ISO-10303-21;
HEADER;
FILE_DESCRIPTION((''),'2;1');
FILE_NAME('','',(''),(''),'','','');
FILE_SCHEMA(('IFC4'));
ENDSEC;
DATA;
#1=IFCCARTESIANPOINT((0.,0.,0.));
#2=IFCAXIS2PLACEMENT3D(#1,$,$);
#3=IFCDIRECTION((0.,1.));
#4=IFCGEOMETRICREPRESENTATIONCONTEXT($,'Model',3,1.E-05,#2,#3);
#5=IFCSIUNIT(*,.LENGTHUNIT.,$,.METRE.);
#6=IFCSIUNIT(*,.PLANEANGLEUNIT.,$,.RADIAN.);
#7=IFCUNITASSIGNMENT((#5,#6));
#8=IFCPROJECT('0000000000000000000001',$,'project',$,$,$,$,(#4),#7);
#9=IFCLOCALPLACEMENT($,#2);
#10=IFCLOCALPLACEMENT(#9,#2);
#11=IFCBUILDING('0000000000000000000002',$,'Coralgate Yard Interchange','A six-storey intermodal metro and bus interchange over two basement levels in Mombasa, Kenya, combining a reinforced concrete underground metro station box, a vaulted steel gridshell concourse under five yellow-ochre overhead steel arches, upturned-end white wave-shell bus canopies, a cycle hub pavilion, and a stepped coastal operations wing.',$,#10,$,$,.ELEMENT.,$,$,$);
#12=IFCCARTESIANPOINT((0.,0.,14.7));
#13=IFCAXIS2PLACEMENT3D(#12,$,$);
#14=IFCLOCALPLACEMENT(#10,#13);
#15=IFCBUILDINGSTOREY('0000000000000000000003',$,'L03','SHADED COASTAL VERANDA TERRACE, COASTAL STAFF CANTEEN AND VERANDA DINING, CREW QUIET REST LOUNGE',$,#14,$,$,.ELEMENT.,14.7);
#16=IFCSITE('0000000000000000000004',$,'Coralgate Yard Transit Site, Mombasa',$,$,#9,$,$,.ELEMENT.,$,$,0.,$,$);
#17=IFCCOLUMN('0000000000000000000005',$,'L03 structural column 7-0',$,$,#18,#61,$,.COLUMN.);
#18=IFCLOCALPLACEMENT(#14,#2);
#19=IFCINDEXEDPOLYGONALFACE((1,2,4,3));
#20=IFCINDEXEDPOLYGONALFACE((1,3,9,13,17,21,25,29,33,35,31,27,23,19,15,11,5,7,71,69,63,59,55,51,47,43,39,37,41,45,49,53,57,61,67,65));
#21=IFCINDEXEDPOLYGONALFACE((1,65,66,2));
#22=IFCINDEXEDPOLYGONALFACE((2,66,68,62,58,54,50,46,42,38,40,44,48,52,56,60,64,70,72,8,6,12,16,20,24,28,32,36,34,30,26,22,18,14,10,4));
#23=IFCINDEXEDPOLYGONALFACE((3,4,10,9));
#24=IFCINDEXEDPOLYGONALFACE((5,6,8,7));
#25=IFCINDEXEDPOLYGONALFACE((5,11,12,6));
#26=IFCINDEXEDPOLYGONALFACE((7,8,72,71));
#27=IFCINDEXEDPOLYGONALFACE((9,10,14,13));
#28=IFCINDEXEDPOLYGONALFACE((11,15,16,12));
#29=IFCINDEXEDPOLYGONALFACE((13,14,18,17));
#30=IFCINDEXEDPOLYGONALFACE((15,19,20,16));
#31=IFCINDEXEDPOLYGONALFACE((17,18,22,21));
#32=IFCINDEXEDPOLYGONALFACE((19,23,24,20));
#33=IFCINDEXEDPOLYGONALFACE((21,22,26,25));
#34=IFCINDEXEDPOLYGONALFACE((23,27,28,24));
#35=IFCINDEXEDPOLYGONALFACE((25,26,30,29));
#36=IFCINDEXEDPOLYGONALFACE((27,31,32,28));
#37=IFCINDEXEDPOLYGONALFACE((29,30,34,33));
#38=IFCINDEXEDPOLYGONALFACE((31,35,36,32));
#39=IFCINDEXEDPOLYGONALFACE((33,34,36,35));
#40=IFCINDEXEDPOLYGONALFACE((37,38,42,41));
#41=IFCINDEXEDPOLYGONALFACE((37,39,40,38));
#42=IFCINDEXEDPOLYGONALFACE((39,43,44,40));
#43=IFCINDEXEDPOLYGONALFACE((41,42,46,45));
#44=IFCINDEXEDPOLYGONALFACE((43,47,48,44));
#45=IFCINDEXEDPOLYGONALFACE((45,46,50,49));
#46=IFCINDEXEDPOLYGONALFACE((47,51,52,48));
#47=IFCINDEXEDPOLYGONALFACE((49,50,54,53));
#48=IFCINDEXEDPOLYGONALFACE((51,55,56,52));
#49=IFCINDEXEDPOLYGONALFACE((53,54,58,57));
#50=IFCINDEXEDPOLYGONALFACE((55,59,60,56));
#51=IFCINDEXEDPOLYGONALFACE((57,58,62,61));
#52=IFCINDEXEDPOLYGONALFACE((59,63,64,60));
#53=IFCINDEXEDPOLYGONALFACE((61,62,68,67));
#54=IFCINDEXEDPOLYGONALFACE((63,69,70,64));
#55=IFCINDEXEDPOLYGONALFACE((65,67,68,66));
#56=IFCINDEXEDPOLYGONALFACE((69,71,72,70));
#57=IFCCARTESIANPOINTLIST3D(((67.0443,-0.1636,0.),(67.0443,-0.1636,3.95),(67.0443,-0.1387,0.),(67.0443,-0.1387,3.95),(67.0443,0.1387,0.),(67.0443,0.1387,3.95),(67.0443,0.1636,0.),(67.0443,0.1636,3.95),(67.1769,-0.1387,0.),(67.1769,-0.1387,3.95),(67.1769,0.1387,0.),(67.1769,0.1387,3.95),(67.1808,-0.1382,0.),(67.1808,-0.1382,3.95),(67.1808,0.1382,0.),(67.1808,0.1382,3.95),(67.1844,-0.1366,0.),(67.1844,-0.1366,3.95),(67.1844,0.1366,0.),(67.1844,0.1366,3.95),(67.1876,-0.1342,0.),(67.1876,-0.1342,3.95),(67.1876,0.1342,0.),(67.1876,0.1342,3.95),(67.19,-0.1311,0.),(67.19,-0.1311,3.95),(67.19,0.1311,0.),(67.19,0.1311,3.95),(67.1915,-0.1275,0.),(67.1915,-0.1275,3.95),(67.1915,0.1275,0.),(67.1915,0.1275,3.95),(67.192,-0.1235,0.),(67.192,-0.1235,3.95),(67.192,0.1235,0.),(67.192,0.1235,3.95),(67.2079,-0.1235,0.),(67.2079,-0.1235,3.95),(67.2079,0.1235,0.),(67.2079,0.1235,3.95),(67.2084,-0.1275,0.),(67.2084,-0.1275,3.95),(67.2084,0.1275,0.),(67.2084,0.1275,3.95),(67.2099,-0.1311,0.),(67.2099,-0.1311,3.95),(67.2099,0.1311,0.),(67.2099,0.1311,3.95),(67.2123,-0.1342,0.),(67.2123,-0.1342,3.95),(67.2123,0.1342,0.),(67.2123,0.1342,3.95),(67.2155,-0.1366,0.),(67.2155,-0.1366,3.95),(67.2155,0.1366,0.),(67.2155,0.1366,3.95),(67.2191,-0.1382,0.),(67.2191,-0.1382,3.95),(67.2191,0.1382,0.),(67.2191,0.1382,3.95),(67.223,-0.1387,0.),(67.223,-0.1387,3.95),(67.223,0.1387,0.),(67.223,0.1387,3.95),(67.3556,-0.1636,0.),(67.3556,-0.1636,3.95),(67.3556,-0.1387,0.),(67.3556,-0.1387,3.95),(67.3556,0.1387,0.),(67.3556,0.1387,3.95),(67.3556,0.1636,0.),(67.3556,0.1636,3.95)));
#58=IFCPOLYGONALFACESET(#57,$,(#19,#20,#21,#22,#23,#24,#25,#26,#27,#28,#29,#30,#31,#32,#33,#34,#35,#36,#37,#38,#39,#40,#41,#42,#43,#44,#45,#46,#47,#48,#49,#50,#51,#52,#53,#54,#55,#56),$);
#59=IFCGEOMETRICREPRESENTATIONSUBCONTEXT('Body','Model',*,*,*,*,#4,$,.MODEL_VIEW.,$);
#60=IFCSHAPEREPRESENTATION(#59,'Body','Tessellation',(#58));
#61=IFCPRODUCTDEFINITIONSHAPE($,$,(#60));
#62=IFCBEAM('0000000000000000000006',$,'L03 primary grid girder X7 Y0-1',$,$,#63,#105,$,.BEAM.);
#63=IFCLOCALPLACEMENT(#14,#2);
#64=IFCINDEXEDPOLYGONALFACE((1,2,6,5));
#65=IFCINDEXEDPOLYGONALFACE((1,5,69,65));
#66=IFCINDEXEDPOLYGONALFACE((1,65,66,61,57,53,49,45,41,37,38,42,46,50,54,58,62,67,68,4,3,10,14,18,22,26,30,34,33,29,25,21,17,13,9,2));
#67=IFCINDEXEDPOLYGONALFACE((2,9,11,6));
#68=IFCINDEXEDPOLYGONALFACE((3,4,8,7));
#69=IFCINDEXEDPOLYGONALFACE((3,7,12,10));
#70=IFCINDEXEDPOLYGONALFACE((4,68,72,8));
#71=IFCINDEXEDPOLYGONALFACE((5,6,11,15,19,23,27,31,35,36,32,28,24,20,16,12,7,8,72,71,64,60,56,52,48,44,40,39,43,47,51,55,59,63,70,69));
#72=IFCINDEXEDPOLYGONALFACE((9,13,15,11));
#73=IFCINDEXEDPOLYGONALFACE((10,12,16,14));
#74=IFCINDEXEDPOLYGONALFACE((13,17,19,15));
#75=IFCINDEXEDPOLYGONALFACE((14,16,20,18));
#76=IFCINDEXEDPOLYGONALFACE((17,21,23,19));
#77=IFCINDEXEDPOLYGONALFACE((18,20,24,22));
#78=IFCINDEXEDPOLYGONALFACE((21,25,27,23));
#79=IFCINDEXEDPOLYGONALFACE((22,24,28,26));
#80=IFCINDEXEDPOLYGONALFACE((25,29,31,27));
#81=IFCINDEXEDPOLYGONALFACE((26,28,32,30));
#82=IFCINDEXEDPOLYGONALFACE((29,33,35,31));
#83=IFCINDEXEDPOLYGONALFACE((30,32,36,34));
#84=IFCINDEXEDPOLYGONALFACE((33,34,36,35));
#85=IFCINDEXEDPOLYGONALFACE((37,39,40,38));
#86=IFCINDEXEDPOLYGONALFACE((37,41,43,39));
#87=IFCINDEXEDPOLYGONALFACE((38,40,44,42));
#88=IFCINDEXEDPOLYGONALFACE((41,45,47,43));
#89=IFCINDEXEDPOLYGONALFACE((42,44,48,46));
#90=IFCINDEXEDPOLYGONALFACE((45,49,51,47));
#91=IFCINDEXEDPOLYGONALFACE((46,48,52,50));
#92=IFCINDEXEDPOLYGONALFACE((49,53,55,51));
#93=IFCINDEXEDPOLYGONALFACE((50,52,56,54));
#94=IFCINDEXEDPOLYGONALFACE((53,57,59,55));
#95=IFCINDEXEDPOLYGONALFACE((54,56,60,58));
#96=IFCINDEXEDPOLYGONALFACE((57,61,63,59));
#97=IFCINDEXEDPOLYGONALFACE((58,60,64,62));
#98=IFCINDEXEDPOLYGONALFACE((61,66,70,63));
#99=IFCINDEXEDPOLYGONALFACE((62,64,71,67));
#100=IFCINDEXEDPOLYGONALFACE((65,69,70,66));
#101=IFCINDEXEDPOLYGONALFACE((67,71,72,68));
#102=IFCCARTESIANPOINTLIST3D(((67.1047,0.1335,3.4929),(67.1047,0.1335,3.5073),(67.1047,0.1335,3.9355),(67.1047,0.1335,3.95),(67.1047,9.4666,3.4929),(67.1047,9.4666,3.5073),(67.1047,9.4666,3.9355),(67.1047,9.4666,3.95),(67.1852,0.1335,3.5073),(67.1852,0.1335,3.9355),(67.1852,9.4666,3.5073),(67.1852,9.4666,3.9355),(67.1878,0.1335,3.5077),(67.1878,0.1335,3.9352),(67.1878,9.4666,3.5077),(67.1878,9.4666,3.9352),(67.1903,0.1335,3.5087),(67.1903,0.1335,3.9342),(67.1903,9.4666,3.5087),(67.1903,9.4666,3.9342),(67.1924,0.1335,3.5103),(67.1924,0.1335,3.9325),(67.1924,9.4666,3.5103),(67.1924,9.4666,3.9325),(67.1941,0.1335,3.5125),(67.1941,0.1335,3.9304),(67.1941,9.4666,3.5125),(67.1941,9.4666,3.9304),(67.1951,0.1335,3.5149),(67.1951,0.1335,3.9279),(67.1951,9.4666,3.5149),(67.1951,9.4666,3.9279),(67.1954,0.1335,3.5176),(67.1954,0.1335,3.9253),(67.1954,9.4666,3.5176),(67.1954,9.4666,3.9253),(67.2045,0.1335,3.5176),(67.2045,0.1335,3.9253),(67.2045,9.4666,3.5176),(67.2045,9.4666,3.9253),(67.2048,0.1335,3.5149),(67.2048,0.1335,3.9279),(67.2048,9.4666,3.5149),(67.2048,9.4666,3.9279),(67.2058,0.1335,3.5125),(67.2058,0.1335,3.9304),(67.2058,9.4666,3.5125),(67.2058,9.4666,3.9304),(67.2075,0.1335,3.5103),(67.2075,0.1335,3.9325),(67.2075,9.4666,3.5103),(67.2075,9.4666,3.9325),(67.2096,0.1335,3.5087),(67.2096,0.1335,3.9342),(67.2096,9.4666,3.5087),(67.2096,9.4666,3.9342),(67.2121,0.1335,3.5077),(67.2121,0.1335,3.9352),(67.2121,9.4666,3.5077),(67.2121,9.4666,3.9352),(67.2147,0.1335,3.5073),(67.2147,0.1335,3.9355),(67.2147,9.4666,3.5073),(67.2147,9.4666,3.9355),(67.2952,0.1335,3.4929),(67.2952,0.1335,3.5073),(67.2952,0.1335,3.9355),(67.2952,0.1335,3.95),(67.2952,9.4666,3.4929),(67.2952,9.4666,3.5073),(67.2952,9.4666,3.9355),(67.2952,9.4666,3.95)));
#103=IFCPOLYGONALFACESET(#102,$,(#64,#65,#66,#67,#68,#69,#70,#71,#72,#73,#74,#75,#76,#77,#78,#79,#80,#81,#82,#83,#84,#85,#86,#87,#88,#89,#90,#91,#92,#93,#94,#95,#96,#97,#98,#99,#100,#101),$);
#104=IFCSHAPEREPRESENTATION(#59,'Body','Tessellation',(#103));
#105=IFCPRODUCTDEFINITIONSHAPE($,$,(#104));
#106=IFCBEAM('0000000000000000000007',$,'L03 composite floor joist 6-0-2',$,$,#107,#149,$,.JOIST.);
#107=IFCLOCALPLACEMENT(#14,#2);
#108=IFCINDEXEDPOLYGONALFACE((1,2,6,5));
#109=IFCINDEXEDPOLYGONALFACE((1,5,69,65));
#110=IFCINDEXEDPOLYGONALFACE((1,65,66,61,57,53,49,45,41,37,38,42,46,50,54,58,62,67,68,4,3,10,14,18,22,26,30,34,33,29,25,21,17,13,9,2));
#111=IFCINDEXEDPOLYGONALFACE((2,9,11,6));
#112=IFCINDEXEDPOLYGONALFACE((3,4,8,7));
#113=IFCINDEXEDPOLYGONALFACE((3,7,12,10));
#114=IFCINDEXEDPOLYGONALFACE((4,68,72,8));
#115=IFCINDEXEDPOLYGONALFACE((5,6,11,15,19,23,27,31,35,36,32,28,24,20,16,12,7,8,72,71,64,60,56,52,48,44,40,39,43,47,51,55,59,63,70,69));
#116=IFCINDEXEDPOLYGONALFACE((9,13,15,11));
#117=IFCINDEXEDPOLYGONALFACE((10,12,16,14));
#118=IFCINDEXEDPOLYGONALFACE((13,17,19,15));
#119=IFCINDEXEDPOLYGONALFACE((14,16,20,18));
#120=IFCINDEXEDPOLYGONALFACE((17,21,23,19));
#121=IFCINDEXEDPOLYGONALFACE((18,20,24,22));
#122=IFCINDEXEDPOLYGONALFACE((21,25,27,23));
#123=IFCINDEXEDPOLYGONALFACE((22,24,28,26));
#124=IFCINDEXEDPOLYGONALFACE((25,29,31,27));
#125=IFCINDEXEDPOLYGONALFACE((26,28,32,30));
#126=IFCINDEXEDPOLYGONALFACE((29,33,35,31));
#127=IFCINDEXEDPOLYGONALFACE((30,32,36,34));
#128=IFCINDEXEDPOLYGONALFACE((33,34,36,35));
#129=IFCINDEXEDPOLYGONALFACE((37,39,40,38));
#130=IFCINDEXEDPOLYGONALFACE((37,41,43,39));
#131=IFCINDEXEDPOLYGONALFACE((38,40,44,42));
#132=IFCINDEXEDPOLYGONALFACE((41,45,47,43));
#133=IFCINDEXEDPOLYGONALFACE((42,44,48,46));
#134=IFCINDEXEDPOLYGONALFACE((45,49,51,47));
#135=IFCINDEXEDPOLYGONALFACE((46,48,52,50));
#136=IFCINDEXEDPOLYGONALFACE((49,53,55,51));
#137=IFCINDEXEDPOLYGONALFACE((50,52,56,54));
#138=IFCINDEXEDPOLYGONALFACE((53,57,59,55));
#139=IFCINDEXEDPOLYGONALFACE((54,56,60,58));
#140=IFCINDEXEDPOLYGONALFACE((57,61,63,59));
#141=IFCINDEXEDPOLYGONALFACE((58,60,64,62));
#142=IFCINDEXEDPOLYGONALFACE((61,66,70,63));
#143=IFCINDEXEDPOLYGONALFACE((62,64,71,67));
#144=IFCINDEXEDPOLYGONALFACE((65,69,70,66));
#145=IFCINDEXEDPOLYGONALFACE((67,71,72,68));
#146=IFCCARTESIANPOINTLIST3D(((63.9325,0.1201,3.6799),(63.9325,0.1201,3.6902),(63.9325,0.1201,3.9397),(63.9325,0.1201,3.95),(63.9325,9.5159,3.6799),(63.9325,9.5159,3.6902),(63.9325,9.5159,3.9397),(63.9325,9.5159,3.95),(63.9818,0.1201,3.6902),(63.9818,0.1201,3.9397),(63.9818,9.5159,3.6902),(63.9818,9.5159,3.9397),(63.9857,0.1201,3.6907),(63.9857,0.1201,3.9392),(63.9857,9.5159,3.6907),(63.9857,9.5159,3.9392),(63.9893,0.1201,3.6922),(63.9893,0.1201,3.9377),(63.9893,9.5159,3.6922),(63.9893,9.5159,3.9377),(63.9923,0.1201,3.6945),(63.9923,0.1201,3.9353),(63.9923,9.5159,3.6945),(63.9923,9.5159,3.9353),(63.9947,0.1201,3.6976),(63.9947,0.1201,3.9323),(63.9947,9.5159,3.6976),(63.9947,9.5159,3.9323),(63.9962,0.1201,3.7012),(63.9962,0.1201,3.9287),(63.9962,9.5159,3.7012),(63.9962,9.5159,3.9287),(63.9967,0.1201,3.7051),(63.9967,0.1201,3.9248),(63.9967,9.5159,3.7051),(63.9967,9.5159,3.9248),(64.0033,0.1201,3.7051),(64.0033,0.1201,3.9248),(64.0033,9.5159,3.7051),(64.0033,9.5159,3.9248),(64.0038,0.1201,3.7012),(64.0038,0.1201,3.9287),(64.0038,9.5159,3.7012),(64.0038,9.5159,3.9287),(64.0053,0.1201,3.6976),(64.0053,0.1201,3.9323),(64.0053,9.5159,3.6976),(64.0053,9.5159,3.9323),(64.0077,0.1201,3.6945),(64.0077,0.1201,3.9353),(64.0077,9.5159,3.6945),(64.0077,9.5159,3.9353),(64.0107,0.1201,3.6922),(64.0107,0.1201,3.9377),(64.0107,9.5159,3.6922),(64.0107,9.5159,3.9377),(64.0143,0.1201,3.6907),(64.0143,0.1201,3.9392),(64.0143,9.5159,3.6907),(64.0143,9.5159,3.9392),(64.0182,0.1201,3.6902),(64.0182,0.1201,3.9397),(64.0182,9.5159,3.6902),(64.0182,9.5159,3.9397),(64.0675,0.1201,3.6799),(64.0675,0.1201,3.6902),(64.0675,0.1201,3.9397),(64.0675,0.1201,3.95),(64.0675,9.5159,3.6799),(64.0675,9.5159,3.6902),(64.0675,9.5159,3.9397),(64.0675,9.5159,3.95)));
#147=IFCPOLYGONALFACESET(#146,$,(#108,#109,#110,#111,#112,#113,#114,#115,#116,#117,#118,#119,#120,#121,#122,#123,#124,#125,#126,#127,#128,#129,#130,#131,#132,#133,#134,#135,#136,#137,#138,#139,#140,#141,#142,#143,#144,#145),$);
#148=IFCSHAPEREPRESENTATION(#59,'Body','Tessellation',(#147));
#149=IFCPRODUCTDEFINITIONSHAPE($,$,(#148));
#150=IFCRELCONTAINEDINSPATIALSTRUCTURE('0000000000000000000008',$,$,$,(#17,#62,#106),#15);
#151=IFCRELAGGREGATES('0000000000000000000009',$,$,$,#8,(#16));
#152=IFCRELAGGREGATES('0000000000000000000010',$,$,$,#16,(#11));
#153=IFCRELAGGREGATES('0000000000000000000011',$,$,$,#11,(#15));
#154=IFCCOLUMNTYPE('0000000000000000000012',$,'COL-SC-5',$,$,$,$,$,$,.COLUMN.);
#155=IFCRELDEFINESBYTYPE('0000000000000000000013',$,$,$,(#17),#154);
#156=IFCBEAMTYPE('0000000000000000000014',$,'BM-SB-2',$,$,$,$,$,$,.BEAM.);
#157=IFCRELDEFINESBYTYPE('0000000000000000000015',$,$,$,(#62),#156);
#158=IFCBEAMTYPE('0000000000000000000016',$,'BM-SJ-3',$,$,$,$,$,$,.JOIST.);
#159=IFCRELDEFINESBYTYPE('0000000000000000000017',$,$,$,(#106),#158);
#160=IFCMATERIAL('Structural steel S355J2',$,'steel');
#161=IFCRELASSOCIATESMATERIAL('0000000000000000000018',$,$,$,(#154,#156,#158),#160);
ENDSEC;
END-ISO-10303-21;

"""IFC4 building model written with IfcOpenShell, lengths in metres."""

from ifc_helpers import new_model, si_unit, direction, frame, origin, origin_2d, place, context, subcontext, project, spatial, i_section, extrude, material, material_profile, profile_set, type_object, element, save


model = new_model("IFC4")

# Units and contexts
model_context = context("Model", 3, precision=1e-05, world=origin(), true_north=direction((0.0, 1.0)))
body_context = subcontext(model_context, "Body", "Model", "MODEL_VIEW")
ifc_project = project(units=[si_unit("LENGTHUNIT", "METRE"), si_unit("PLANEANGLEUNIT", "RADIAN")], contexts=[model_context])

# Site, building, storey
site_placement = place(None, origin())
site = spatial("IfcSite", under=ifc_project, at=site_placement, Name="Coralgate Yard Transit Site, Mombasa", CompositionType="ELEMENT", RefElevation=0.0)
building_placement = place(site_placement, origin())
building = spatial("IfcBuilding", under=site, at=building_placement, Name="Coralgate Yard Interchange", Description="A six-storey intermodal metro and bus interchange over two basement levels in Mombasa, Kenya, combining a reinforced concrete underground metro station box, a vaulted steel gridshell concourse under five yellow-ochre overhead steel arches, upturned-end white wave-shell bus canopies, a cycle hub pavilion, and a stepped coastal operations wing.", CompositionType="ELEMENT")
storey_placement = place(building_placement, frame((0.0, 0.0, 14.7)))
storey = spatial("IfcBuildingStorey", under=building, at=storey_placement, Name="L03", Description="SHADED COASTAL VERANDA TERRACE, COASTAL STAFF CANTEEN AND VERANDA DINING, CREW QUIET REST LOUNGE", CompositionType="ELEMENT", Elevation=14.7)

# Column
ifc_material_1 = material(Name="Structural steel S355J2", Category="steel")
ifc_material_profile_1 = material_profile(ifc_material_1, i_section(OverallWidth=0.3113, OverallDepth=0.3271, WebThickness=0.0159, FlangeThickness=0.0249, FilletRadius=0.0151, at=origin_2d()), Name="UC 305x305x158")
ifc_profile_set_1 = profile_set([ifc_material_profile_1], Name="Structural steel S355J2")
column_type = type_object("IfcColumnType", Name="COL-SC-5", PredefinedType="COLUMN", material=ifc_profile_set_1)
column_placement = place(storey_placement, frame((67.2, 0.0, 0.0), z_axis=(0.0, 0.0, 1.0), x_axis=(1.0, 0.0, 0.0)))
element("IfcColumn", 1, at=column_placement, inside=storey, type_object=column_type, Name="L03 structural column 7-0", PredefinedType="COLUMN", context=body_context, shape_type="SweptSolid", body=[
    extrude(i_section(OverallWidth=0.3113, OverallDepth=0.3271, WebThickness=0.0159, FlangeThickness=0.0249, FilletRadius=0.0151, at=origin_2d()), origin(), (0.0, 0.0, 1.0), 3.95),
])

# Beams
ifc_material_profile_2 = material_profile(ifc_material_1, i_section(OverallWidth=0.1904, OverallDepth=0.457, WebThickness=0.009, FlangeThickness=0.0144, FilletRadius=0.0103, at=origin_2d()), Name="UB 457x191x74")
ifc_profile_set_2 = profile_set([ifc_material_profile_2], Name="Structural steel S355J2")
beam_type_1 = type_object("IfcBeamType", Name="BM-SB-2", PredefinedType="BEAM", material=ifc_profile_set_2)
beam_1_placement = place(storey_placement, frame((67.2, 0.1335, 3.7214), z_axis=(0.0, 1.0, 0.0), x_axis=(-1.0, 0.0, 0.0)))
element("IfcBeam", 2, at=beam_1_placement, inside=storey, type_object=beam_type_1, Name="L03 primary grid girder X7 Y0-1", PredefinedType="BEAM", context=body_context, shape_type="SweptSolid", body=[
    extrude(i_section(OverallWidth=0.1904, OverallDepth=0.457, WebThickness=0.009, FlangeThickness=0.0144, FilletRadius=0.0103, at=origin_2d()), origin(), (0.0, 0.0, 1.0), 9.333),
])
ifc_material_profile_3 = material_profile(ifc_material_1, i_section(OverallWidth=0.135, OverallDepth=0.27, WebThickness=0.0066, FlangeThickness=0.0103, FilletRadius=0.0149, at=origin_2d()), Name="IPE 270")
ifc_profile_set_3 = profile_set([ifc_material_profile_3], Name="Structural steel S355J2")
beam_type_2 = type_object("IfcBeamType", Name="BM-SJ-3", PredefinedType="JOIST", material=ifc_profile_set_3)
beam_2_placement = place(storey_placement, frame((64.0, 0.1201, 3.8149), z_axis=(0.0, 1.0, 0.0), x_axis=(-1.0, 0.0, 0.0)))
element("IfcBeam", 3, at=beam_2_placement, inside=storey, type_object=beam_type_2, Name="L03 composite floor joist 6-0-2", PredefinedType="JOIST", context=body_context, shape_type="SweptSolid", body=[
    extrude(i_section(OverallWidth=0.135, OverallDepth=0.27, WebThickness=0.0066, FlangeThickness=0.0103, FilletRadius=0.0149, at=origin_2d()), origin(), (0.0, 0.0, 1.0), 9.3958),
])

save(model, "model.ifc")
